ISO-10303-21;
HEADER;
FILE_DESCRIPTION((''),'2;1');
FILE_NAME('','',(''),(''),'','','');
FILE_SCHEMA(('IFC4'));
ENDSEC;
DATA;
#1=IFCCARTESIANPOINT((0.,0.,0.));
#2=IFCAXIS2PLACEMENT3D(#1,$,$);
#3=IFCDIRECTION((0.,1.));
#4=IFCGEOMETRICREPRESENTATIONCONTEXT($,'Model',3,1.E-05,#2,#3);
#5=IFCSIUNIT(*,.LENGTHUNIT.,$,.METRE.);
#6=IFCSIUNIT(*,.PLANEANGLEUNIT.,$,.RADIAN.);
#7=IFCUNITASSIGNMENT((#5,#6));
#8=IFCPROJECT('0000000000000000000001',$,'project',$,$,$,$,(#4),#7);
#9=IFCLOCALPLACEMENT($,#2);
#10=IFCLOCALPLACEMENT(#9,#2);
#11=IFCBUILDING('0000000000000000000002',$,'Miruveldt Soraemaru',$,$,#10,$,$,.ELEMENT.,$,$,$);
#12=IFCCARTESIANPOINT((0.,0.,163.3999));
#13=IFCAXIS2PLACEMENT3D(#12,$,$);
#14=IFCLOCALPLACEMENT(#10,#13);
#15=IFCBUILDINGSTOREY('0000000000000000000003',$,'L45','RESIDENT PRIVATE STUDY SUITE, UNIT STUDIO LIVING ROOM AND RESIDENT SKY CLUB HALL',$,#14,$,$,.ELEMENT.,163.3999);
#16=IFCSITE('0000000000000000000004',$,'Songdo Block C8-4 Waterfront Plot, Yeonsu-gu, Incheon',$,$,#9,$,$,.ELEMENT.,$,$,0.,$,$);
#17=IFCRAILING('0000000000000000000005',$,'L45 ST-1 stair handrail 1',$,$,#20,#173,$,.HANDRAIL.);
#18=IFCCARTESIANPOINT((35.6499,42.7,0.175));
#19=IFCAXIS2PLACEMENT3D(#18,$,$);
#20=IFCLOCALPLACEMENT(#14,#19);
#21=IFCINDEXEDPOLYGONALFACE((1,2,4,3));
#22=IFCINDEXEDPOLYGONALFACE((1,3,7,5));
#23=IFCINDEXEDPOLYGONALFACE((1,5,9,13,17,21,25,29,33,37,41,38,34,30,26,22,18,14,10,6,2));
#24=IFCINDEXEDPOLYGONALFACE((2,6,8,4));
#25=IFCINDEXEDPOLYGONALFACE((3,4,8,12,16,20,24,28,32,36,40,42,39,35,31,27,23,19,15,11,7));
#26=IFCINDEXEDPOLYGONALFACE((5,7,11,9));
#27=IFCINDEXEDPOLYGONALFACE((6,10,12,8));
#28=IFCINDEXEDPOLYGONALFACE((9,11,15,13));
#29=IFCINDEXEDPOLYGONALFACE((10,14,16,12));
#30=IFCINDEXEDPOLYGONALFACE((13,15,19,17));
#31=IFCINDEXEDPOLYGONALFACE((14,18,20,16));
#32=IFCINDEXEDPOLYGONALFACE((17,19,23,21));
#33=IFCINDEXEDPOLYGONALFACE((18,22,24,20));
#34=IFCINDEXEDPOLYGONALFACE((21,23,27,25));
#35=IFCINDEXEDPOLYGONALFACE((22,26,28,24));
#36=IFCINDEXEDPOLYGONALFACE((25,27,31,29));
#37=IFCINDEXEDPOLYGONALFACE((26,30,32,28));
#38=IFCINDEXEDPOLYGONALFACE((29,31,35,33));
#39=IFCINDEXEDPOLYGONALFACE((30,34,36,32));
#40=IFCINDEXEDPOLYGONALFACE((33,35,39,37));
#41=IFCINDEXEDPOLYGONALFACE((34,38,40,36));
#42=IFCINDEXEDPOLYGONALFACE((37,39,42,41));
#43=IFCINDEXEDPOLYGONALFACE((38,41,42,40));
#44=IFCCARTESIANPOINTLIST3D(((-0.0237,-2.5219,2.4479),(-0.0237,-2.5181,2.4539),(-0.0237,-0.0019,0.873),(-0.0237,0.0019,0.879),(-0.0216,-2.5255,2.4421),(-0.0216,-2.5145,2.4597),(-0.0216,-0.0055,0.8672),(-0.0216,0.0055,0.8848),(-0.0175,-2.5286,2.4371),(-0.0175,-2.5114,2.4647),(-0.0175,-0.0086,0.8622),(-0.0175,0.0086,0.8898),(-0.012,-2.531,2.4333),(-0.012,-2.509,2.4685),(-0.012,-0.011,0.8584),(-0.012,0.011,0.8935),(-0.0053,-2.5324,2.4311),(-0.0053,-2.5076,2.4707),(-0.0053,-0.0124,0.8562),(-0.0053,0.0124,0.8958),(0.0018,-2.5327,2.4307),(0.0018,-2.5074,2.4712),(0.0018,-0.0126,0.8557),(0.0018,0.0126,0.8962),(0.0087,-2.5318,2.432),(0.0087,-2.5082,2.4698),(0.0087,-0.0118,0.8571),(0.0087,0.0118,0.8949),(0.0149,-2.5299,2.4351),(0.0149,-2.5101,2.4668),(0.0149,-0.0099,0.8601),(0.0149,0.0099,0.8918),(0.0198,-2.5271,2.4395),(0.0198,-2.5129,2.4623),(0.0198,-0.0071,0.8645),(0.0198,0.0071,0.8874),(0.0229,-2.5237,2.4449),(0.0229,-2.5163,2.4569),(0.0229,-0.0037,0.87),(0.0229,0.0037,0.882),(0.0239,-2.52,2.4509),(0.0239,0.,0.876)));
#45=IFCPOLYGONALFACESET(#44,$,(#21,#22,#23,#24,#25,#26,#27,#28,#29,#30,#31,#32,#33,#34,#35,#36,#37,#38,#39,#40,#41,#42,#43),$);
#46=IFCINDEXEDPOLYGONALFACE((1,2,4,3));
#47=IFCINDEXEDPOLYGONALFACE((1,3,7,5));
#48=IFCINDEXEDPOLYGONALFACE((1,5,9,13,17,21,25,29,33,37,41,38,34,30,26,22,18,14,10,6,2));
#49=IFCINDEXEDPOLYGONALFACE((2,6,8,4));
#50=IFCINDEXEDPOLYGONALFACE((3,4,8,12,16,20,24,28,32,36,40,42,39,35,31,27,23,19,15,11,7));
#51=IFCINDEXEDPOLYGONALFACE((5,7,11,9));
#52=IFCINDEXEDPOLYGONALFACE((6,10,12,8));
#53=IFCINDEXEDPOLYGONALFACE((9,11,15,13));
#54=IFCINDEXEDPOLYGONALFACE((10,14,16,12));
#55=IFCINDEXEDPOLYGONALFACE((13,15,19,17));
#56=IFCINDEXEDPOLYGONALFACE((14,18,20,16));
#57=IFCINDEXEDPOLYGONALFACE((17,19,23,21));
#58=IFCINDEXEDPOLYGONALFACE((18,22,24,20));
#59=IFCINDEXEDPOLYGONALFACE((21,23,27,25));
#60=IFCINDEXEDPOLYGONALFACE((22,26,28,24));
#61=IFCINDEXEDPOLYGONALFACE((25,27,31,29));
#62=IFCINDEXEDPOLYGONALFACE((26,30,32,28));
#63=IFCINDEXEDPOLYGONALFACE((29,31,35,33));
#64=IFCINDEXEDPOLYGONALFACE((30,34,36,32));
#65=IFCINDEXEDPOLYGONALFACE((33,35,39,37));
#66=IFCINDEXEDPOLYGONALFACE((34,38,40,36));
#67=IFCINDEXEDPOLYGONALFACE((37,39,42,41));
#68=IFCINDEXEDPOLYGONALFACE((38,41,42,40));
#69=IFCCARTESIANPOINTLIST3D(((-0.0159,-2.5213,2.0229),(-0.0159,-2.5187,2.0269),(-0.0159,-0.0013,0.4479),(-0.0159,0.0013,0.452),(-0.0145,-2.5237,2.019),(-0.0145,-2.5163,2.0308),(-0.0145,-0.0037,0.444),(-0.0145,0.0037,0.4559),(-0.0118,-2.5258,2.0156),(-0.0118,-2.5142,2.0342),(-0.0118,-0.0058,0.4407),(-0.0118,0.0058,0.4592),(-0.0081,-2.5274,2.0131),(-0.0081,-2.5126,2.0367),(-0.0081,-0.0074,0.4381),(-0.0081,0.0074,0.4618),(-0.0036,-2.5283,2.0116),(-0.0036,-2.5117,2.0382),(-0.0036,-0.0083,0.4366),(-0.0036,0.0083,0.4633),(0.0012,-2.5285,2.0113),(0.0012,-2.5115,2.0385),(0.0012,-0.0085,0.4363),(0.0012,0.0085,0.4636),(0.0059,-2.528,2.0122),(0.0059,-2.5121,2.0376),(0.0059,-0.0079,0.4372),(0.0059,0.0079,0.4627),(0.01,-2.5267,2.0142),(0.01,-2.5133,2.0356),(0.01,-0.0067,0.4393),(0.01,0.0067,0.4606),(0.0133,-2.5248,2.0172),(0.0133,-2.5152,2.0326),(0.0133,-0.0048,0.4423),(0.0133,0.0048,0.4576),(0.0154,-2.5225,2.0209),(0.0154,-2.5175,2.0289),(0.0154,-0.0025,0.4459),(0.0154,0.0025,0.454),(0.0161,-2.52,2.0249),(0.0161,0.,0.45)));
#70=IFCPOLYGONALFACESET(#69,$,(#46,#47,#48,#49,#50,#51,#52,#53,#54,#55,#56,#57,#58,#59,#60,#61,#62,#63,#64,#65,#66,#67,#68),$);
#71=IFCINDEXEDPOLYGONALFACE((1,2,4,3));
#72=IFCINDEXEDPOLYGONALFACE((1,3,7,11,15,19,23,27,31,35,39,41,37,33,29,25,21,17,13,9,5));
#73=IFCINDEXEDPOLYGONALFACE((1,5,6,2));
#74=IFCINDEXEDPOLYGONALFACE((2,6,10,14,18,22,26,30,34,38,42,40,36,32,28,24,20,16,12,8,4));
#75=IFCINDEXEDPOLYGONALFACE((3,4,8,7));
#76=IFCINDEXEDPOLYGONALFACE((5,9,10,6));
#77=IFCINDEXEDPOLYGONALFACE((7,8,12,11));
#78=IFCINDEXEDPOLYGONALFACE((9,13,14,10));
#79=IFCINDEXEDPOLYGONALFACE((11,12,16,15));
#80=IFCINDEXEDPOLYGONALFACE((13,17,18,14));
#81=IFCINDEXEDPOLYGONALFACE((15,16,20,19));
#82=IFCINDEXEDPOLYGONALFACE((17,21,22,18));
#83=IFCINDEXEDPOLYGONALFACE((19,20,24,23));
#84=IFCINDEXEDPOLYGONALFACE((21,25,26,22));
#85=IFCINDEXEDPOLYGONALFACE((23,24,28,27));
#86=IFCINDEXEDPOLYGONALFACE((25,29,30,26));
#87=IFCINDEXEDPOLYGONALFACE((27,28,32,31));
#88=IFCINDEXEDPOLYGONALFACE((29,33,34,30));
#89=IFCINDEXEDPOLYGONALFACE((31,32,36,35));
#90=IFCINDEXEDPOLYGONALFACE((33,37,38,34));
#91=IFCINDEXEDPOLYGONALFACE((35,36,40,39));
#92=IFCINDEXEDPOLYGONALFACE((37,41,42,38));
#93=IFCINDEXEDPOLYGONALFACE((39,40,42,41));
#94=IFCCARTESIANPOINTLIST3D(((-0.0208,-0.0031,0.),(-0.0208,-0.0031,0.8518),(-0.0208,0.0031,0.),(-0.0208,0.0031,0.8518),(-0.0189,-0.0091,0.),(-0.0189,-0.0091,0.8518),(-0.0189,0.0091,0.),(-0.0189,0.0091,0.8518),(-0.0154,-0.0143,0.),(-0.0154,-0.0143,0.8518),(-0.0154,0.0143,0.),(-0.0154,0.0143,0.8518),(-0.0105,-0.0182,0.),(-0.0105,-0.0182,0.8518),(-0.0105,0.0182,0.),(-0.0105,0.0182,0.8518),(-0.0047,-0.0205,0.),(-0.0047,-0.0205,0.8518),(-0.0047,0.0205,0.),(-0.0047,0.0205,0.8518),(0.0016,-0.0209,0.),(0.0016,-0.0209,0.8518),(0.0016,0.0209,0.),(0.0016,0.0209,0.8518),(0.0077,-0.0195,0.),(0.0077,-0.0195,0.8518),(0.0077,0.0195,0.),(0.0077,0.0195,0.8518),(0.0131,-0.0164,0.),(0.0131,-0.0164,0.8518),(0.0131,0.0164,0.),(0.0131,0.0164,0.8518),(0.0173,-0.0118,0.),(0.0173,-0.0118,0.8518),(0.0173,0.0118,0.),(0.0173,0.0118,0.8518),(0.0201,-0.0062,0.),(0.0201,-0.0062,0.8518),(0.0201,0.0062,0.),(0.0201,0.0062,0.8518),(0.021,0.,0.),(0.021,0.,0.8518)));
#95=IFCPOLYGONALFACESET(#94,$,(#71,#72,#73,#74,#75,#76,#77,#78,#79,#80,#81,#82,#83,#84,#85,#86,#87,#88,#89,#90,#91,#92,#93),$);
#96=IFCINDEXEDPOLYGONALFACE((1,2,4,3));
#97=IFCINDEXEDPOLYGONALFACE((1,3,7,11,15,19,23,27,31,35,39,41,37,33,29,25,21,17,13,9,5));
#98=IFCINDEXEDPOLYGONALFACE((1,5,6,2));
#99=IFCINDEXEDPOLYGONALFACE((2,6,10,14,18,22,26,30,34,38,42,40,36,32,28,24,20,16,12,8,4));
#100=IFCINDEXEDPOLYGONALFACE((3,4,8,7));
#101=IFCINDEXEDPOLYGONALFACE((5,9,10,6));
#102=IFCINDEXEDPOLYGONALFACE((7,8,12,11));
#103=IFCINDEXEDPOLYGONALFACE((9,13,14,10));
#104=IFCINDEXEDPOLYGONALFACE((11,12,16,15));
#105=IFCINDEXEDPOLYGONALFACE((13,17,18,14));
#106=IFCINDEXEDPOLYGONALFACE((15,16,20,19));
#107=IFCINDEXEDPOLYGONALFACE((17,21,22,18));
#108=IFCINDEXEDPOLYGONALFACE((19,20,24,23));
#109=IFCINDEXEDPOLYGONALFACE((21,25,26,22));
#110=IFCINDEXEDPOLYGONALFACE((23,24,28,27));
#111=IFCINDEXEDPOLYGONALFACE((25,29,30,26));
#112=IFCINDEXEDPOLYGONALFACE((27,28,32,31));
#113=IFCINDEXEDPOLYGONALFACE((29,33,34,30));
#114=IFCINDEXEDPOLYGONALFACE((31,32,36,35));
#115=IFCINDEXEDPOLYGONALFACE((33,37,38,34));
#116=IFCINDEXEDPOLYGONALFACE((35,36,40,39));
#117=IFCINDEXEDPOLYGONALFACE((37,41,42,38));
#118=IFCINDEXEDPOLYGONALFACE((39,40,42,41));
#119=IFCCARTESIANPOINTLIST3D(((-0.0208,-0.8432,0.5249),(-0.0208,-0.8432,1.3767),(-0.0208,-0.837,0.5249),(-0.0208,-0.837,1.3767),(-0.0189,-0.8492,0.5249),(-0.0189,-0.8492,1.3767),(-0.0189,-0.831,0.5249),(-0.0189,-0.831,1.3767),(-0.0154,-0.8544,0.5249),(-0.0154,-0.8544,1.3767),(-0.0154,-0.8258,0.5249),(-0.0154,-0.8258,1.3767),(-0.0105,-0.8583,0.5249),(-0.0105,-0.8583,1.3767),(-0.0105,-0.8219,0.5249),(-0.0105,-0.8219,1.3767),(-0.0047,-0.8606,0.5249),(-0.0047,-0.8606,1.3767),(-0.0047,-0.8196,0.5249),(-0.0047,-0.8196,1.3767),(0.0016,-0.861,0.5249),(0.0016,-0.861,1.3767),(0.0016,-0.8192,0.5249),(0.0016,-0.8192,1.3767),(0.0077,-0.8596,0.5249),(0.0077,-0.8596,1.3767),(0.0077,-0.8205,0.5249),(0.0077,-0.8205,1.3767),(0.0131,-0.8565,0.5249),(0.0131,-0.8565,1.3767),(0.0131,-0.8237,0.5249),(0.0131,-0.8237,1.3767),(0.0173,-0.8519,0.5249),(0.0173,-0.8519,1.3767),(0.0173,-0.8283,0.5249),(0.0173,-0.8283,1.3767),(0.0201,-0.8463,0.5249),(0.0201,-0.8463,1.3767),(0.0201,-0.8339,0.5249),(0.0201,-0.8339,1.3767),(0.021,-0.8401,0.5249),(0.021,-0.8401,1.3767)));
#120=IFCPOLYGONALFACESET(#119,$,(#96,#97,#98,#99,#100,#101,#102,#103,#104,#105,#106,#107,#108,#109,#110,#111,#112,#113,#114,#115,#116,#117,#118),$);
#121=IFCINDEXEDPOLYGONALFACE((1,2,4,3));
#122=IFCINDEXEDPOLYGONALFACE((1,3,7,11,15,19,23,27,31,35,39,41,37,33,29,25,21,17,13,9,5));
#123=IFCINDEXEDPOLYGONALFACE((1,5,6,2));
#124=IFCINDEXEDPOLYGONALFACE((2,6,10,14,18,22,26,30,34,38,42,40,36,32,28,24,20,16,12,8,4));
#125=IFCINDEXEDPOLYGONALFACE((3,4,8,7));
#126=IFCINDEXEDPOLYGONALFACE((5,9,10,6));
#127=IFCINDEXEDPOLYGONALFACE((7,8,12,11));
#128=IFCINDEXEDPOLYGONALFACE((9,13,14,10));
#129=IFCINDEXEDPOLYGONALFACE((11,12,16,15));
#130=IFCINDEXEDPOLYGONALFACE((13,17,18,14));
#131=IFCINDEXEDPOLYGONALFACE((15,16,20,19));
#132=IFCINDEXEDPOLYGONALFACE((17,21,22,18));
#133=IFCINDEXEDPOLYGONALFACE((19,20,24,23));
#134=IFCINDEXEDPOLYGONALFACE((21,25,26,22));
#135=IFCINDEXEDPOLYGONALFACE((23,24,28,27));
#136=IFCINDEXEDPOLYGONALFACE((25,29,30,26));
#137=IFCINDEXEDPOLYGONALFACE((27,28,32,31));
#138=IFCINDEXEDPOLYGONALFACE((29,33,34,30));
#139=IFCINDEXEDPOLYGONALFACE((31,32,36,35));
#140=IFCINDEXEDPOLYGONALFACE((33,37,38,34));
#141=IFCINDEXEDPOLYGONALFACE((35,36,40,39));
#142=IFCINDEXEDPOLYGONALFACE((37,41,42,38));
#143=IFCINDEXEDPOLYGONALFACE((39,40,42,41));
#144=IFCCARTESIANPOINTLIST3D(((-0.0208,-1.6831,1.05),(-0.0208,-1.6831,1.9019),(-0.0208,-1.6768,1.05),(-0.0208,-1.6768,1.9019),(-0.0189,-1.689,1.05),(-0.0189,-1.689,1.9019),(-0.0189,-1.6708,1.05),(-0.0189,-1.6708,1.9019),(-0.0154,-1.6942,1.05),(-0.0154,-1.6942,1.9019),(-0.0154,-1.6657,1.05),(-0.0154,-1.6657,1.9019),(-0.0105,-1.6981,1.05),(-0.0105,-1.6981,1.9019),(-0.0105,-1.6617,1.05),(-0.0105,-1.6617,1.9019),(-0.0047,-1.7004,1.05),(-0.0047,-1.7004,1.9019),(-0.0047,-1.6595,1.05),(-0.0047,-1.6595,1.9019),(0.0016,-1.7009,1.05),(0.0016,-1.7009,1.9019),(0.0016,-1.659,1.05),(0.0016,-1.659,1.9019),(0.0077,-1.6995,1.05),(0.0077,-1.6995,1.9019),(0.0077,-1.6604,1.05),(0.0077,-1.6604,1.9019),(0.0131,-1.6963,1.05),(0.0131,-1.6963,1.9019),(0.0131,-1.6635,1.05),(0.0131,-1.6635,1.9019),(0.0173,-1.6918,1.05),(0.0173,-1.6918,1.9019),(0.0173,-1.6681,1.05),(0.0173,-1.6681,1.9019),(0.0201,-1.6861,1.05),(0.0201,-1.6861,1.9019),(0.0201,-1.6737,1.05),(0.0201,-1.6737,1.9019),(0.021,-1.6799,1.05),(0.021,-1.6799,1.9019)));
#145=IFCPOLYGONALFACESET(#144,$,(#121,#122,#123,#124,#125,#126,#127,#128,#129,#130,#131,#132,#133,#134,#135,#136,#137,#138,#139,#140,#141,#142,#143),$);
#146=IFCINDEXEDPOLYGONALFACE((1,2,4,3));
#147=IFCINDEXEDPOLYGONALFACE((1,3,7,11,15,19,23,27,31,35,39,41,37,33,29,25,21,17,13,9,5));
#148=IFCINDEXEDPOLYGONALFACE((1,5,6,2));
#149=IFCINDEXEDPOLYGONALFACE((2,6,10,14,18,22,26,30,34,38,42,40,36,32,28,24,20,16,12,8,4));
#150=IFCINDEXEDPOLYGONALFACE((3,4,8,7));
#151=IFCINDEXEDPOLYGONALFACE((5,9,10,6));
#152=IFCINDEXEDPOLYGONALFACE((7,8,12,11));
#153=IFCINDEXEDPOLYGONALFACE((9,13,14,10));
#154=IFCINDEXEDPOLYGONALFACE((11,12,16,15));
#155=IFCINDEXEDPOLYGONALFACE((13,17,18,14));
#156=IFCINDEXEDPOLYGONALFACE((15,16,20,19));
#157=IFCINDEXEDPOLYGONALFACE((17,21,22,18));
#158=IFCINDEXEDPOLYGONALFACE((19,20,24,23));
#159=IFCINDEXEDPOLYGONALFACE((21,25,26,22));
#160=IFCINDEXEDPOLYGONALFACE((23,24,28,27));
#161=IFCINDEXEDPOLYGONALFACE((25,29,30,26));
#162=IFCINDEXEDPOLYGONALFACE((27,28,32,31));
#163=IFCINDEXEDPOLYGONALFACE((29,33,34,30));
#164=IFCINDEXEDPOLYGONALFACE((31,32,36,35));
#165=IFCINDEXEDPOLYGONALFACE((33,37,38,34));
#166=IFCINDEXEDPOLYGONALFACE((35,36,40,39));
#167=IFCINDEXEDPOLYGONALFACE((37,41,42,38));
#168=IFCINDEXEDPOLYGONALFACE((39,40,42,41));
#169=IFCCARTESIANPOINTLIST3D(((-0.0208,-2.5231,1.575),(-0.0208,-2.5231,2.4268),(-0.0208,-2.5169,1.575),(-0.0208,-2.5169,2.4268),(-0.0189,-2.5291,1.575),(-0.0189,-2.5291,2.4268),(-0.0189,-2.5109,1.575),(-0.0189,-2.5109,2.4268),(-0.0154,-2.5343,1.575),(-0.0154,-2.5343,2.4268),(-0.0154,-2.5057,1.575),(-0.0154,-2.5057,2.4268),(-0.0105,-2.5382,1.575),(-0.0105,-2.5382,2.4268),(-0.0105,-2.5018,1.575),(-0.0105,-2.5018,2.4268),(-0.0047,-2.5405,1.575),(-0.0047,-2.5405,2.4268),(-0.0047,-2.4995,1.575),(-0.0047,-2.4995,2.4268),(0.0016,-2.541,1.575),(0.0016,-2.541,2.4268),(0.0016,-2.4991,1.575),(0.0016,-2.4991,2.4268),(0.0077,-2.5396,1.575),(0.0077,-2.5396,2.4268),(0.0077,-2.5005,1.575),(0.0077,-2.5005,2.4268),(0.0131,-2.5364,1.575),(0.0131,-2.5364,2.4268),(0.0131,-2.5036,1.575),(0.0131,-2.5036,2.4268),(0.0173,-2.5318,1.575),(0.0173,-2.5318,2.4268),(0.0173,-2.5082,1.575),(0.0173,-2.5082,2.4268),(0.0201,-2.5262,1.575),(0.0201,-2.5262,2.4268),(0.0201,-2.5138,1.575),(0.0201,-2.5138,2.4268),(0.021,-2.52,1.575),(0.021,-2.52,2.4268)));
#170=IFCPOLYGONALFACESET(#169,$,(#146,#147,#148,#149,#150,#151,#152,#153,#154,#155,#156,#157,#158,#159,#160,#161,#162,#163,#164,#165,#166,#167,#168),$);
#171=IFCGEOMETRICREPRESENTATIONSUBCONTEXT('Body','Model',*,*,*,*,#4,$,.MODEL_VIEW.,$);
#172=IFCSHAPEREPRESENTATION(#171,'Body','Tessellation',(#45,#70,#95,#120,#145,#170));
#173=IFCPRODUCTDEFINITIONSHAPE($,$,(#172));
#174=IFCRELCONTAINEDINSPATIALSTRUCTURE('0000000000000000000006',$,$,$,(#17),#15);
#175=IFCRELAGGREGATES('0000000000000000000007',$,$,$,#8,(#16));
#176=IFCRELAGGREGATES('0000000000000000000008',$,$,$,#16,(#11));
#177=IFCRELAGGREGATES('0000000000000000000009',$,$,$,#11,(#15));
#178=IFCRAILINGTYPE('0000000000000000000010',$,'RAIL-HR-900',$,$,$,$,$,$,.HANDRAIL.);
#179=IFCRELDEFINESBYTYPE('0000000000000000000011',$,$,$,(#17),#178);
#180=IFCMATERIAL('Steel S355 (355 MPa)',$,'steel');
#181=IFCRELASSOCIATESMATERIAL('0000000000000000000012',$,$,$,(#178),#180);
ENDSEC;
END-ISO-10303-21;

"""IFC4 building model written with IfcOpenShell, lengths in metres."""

from ifc_helpers import new_model, si_unit, direction, frame, origin, origin_2d, place, context, subcontext, project, spatial, circle, extrude, material, type_object, element, save


model = new_model("IFC4")

# Units and contexts
model_context = context("Model", 3, precision=1e-05, world=origin(), true_north=direction((0.0, 1.0)))
body_context = subcontext(model_context, "Body", "Model", "MODEL_VIEW")
ifc_project = project(units=[si_unit("LENGTHUNIT", "METRE"), si_unit("PLANEANGLEUNIT", "RADIAN")], contexts=[model_context])

# Site, building, storey
site_placement = place(None, origin())
site = spatial("IfcSite", under=ifc_project, at=site_placement, Name="Songdo Block C8-4 Waterfront Plot, Yeonsu-gu, Incheon", CompositionType="ELEMENT", RefElevation=0.0)
building_placement = place(site_placement, origin())
building = spatial("IfcBuilding", under=site, at=building_placement, Name="Miruveldt Soraemaru", CompositionType="ELEMENT")
storey_placement = place(building_placement, frame((0.0, 0.0, 163.3999)))
storey = spatial("IfcBuildingStorey", under=building, at=storey_placement, Name="L45", Description="RESIDENT PRIVATE STUDY SUITE, UNIT STUDIO LIVING ROOM AND RESIDENT SKY CLUB HALL", CompositionType="ELEMENT", Elevation=163.3999)

# Railing
ifc_material_1 = material(Name="Steel S355 (355 MPa)", Category="steel")
railing_type_1 = type_object("IfcRailingType", Name="RAIL-HR-900", PredefinedType="HANDRAIL", material=ifc_material_1)
railing_1_placement = place(storey_placement, frame((35.6499, 42.7, 0.175)))
element("IfcRailing", 1, at=railing_1_placement, inside=storey, type_object=railing_type_1, Name="L45 ST-1 stair handrail 1", PredefinedType="HANDRAIL", context=body_context, shape_type="SweptSolid", body=[
    extrude(circle(Radius=0.0239, at=origin_2d()), frame((0.0, 0.0, 0.876), z_axis=(0.0, -0.848008, 0.529984), x_axis=(1.0, 0.0, 0.0)), (0.0, 0.0, 1.0), 2.9717),
    extrude(circle(Radius=0.0161, at=origin_2d()), frame((0.0, 0.0, 0.45), z_axis=(0.0, -0.848008, 0.529984), x_axis=(1.0, 0.0, 0.0)), (0.0, 0.0, 1.0), 2.9717),
    extrude(circle(Radius=0.021, at=origin_2d()), origin(), (0.0, 0.0, 1.0), 0.8518),
    extrude(circle(Radius=0.021, at=origin_2d()), frame((0.0, -0.8401, 0.5249)), (0.0, 0.0, 1.0), 0.8518),
    extrude(circle(Radius=0.021, at=origin_2d()), frame((0.0, -1.6799, 1.05)), (0.0, 0.0, 1.0), 0.8518),
    extrude(circle(Radius=0.021, at=origin_2d()), frame((0.0, -2.52, 1.575)), (0.0, 0.0, 1.0), 0.8518),
])

save(model, "model.ifc")
